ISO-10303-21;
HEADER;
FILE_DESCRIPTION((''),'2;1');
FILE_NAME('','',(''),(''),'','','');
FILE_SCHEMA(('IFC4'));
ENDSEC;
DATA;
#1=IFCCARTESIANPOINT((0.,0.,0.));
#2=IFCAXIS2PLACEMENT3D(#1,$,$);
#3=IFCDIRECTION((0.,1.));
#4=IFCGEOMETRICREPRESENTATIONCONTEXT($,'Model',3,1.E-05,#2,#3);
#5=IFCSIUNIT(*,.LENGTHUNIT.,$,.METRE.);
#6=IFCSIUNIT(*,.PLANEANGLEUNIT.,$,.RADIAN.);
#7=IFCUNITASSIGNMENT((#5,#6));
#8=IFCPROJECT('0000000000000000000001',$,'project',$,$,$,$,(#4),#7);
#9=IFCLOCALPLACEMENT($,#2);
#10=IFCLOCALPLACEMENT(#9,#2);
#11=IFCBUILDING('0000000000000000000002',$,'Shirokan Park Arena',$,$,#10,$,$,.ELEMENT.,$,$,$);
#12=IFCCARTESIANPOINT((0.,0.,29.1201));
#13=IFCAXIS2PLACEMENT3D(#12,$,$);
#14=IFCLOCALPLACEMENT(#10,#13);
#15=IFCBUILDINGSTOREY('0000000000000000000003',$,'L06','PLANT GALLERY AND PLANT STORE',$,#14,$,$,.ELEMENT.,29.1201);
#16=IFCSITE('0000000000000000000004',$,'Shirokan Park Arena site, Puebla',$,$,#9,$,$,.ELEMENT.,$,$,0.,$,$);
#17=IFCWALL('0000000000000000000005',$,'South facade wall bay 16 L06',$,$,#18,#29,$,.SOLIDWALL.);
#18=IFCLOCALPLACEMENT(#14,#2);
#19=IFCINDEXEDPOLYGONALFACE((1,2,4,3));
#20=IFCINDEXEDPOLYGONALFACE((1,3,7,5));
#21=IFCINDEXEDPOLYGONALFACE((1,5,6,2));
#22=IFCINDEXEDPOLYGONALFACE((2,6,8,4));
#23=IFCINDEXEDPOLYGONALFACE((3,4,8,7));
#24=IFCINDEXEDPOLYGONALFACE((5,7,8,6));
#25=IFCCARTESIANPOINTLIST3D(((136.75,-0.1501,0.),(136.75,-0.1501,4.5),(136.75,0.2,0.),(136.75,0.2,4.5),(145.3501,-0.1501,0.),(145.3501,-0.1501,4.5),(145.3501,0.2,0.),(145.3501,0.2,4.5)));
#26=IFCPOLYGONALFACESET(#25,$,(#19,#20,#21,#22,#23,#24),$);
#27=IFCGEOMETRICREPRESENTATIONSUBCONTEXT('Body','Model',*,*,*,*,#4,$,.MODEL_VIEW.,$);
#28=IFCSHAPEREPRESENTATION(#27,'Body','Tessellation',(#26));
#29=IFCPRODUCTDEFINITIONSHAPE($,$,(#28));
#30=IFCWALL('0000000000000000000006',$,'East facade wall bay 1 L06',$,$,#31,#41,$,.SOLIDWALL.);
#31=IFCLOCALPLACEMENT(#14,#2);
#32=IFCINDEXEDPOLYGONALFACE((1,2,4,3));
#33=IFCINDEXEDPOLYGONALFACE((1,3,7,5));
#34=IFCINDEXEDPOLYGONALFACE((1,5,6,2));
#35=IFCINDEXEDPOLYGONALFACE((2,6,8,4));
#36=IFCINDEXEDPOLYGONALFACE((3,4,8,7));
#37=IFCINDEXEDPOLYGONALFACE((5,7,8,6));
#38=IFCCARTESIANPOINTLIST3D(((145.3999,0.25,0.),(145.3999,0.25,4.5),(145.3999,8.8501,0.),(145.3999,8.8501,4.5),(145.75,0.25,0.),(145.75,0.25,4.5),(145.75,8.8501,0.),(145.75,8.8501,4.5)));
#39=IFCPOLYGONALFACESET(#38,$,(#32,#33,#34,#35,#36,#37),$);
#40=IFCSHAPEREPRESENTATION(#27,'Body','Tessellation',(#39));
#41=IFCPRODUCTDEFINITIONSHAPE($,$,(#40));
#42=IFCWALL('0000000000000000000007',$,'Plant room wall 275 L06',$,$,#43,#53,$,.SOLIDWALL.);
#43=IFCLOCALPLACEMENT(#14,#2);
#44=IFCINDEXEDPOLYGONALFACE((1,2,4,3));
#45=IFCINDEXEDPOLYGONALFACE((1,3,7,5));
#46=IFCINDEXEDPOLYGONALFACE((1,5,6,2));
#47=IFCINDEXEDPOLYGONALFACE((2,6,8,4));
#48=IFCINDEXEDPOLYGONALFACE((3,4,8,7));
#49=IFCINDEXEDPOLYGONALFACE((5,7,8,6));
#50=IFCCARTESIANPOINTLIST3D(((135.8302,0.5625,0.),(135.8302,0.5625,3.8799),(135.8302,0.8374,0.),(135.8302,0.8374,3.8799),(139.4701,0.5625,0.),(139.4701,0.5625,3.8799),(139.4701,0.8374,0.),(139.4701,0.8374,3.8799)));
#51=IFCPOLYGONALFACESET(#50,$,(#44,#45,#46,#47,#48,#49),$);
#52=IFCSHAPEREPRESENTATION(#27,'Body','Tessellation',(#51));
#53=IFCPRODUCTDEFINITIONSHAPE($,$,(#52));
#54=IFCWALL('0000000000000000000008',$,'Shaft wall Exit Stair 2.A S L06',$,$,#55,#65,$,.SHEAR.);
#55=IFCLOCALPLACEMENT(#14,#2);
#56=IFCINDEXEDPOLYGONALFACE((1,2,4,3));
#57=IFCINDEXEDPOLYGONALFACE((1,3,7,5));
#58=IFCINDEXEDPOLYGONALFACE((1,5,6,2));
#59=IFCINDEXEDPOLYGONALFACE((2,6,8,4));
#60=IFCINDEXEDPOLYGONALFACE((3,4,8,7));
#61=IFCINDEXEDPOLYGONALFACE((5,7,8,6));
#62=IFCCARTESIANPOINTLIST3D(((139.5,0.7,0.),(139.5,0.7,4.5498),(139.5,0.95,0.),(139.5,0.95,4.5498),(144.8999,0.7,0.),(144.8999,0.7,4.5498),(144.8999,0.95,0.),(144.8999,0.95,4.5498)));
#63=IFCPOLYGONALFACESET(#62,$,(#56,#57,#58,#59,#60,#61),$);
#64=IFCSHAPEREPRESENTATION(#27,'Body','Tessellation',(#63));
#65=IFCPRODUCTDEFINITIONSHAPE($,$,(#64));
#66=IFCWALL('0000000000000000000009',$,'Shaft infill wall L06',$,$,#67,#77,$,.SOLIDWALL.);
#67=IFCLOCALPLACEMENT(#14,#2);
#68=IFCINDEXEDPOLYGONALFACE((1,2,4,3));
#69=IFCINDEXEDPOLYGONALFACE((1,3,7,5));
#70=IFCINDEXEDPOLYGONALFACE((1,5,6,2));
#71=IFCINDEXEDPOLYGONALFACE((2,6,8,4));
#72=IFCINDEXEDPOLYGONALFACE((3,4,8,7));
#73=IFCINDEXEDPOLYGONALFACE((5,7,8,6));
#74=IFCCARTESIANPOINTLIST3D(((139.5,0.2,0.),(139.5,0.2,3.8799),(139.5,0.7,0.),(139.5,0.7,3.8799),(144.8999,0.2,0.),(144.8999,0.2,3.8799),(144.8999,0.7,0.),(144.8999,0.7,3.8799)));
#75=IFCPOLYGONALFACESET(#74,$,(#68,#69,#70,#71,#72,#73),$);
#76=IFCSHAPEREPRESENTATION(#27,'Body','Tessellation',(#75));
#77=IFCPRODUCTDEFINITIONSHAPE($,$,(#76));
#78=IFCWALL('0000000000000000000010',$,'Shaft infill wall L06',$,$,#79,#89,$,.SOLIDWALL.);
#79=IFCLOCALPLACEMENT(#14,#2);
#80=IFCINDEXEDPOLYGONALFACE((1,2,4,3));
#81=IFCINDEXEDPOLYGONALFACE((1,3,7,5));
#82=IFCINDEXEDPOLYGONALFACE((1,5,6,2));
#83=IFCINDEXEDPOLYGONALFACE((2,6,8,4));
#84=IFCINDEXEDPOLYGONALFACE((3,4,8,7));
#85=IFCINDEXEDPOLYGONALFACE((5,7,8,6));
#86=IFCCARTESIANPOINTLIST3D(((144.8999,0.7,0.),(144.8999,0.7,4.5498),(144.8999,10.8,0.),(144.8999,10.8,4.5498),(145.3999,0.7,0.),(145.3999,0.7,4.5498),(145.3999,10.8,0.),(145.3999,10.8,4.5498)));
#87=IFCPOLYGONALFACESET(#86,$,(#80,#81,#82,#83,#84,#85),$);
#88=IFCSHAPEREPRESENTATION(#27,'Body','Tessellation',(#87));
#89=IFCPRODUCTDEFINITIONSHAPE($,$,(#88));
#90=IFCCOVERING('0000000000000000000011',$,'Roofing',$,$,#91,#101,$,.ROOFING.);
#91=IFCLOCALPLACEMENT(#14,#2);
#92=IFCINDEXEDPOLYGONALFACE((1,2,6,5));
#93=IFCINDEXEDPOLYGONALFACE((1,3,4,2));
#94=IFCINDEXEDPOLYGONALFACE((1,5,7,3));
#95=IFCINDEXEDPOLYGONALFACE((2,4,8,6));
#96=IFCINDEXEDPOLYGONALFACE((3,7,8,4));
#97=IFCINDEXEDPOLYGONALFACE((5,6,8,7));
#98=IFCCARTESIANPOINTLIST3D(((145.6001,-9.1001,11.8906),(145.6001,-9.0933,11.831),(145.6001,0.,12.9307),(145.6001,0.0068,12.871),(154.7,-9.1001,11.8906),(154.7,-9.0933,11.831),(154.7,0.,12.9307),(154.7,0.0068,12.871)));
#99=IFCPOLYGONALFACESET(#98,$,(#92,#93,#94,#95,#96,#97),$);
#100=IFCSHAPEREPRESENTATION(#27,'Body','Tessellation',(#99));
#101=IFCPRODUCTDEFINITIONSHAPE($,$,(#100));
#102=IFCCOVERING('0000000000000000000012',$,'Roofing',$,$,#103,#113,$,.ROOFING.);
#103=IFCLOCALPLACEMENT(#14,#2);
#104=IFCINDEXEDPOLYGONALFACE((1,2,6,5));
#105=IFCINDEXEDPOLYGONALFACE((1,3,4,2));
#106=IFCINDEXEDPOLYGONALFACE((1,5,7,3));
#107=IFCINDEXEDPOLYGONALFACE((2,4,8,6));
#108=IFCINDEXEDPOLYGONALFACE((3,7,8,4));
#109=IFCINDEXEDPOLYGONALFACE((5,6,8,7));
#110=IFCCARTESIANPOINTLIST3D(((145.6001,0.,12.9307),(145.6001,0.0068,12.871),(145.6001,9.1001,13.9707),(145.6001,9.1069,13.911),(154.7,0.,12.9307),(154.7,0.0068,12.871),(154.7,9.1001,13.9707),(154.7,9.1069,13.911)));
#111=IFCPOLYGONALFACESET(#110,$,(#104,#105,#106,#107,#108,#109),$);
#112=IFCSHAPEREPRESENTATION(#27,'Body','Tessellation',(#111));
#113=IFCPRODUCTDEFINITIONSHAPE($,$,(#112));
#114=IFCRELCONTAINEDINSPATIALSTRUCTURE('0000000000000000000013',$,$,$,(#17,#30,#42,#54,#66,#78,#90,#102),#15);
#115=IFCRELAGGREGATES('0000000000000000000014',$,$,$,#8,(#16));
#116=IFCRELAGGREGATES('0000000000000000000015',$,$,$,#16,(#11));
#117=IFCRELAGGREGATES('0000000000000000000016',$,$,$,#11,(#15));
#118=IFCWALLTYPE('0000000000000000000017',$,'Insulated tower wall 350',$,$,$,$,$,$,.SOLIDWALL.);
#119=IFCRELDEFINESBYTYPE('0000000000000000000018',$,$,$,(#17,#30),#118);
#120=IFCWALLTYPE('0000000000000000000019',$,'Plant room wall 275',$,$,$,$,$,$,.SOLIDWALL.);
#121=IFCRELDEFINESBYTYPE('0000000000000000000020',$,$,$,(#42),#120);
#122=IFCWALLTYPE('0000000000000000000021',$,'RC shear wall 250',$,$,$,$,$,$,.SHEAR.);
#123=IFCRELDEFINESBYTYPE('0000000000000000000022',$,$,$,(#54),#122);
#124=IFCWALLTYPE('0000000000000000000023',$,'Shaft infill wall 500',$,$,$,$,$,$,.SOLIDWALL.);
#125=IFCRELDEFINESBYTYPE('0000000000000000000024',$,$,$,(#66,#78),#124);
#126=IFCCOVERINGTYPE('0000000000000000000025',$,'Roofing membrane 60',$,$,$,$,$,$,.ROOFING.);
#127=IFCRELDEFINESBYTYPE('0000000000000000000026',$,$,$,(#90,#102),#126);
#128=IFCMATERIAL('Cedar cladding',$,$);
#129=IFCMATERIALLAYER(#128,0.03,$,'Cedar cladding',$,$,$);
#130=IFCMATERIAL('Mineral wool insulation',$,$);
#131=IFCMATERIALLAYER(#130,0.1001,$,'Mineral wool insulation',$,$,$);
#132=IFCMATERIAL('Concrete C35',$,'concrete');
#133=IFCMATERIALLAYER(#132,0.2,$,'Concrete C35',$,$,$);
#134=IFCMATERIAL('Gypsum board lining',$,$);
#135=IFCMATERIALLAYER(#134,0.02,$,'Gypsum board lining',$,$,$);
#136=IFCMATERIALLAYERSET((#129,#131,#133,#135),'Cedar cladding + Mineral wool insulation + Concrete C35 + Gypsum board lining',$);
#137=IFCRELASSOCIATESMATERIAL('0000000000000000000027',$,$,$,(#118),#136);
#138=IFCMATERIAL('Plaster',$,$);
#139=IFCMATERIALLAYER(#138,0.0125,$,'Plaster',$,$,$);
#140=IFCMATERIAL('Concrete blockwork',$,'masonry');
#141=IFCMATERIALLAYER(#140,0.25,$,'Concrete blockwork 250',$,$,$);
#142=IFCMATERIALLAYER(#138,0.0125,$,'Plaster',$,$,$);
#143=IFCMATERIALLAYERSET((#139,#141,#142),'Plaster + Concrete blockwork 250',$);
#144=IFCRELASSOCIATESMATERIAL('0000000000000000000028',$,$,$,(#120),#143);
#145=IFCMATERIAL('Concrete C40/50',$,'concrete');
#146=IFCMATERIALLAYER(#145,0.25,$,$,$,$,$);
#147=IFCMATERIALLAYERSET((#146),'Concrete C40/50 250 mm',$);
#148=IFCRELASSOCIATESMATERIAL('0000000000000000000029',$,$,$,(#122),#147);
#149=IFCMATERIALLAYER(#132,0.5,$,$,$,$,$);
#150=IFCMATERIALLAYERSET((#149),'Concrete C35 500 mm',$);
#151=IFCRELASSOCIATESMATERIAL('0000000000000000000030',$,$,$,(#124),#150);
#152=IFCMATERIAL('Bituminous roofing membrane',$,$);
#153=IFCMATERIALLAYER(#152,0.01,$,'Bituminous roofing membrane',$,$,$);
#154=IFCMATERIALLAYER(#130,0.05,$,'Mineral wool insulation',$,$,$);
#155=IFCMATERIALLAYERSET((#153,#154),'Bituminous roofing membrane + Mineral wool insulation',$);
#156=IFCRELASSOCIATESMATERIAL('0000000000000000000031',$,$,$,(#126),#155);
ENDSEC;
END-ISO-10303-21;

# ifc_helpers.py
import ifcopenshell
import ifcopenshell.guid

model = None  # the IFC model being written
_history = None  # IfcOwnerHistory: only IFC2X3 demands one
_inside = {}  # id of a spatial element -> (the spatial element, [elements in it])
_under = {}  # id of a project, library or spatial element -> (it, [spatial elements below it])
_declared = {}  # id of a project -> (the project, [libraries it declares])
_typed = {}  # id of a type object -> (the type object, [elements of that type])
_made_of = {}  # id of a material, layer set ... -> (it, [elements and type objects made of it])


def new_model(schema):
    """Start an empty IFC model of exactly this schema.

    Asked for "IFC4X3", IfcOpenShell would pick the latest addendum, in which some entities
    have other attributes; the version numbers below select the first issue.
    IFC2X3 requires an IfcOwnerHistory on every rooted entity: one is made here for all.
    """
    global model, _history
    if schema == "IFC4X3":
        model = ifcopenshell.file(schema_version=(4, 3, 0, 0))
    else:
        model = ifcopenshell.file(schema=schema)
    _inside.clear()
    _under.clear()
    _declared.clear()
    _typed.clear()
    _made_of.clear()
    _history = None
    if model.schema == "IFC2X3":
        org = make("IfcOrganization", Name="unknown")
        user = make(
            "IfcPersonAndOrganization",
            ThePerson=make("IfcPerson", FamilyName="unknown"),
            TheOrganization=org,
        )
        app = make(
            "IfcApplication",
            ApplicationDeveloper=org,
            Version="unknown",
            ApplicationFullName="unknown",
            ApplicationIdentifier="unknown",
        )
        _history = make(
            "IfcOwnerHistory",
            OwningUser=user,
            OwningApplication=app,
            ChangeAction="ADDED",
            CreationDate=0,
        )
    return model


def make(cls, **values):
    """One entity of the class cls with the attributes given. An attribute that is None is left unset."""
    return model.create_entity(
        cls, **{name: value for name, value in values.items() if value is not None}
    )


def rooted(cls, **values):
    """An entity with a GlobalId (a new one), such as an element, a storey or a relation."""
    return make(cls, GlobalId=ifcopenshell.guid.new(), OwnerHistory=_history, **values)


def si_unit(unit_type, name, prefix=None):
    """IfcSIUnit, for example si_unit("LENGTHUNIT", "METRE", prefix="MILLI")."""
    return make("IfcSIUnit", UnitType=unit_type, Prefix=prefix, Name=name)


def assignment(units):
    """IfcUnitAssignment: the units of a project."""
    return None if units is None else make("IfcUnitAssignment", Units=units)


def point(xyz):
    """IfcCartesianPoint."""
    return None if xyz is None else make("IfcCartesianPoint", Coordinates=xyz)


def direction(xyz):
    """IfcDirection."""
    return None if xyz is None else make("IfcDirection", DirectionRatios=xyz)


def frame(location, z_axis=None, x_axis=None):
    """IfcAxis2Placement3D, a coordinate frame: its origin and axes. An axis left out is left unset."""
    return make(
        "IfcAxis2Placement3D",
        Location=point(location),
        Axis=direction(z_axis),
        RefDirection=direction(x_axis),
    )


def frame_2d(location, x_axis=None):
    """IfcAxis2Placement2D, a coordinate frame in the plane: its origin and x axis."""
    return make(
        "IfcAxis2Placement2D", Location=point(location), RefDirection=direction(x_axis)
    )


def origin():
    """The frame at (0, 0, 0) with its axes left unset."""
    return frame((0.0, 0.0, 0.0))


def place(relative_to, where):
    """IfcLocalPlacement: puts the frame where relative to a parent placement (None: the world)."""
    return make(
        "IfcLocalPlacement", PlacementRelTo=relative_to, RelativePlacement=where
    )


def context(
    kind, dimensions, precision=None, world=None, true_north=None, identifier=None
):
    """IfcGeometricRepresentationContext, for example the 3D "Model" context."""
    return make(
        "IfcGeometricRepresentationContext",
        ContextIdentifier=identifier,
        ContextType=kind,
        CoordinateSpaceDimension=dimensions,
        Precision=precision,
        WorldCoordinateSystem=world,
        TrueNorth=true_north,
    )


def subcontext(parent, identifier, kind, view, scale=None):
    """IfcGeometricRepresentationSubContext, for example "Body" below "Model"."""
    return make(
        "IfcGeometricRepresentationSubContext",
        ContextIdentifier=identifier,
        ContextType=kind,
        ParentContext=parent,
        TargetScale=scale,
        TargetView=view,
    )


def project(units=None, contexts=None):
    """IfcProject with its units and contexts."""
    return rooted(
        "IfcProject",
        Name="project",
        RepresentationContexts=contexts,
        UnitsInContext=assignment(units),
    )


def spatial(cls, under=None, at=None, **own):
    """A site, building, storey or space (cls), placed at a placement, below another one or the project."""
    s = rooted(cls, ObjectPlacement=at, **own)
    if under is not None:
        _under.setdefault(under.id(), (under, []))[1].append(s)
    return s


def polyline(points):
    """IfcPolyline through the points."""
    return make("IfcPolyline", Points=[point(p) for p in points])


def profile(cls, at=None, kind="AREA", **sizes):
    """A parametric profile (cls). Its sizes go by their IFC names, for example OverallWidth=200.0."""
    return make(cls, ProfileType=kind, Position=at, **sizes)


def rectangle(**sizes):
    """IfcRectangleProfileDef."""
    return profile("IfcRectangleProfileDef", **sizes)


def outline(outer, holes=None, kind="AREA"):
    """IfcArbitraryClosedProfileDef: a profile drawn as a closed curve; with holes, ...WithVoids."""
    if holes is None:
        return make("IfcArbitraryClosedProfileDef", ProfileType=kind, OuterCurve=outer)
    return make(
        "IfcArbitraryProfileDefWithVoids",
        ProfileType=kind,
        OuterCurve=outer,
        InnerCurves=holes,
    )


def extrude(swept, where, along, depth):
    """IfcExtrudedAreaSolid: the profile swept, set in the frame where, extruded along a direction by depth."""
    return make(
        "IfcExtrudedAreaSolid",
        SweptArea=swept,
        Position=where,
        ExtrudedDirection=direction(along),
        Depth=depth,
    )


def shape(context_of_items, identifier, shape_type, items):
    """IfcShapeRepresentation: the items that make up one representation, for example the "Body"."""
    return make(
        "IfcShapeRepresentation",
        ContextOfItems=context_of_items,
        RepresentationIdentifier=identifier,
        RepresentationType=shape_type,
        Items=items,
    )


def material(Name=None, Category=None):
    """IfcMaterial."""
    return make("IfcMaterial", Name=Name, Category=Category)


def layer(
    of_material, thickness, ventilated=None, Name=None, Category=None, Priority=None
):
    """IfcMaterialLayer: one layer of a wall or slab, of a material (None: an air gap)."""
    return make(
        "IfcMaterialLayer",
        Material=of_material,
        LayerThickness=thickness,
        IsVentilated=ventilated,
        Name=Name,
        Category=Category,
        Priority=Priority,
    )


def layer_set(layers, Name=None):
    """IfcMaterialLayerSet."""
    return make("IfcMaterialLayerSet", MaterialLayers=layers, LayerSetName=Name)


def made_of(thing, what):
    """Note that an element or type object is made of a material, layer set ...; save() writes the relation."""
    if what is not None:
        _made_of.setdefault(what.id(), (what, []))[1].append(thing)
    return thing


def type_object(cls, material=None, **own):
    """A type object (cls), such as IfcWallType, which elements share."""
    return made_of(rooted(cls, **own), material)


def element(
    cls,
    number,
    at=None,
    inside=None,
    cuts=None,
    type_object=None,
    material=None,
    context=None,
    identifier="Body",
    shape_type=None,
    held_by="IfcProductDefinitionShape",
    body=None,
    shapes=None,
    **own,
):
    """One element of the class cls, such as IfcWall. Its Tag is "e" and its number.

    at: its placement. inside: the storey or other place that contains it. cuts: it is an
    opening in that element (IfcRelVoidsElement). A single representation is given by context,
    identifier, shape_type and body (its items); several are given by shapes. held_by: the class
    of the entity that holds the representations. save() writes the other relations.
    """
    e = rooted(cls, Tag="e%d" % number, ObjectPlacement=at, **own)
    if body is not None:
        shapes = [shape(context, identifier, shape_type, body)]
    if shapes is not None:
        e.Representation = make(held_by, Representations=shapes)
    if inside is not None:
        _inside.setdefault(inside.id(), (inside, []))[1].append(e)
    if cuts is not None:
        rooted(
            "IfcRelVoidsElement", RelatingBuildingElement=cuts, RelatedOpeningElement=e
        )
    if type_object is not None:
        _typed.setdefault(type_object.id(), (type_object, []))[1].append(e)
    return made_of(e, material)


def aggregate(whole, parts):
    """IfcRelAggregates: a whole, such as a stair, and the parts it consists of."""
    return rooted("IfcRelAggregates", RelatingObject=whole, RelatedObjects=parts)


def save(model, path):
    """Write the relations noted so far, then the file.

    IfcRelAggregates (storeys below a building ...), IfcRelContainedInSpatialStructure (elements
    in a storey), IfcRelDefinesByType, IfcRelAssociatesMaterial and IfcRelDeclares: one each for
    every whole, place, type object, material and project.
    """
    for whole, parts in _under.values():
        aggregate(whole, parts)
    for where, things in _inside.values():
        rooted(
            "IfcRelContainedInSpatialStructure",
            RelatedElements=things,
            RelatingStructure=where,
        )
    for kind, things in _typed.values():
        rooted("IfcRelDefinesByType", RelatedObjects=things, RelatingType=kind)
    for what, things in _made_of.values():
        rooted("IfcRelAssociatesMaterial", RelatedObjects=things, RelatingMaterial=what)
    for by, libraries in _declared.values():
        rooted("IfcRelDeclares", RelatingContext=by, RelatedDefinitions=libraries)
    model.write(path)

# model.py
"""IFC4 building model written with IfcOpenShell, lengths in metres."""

from ifc_helpers import new_model, si_unit, direction, frame, frame_2d, origin, place, context, subcontext, project, spatial, polyline, rectangle, outline, extrude, material, layer, layer_set, type_object, element, save


model = new_model("IFC4")

# Units and contexts
model_context = context("Model", 3, precision=1e-05, world=origin(), true_north=direction((0.0, 1.0)))
body_context = subcontext(model_context, "Body", "Model", "MODEL_VIEW")
ifc_project = project(units=[si_unit("LENGTHUNIT", "METRE"), si_unit("PLANEANGLEUNIT", "RADIAN")], contexts=[model_context])

# Site, building, storey
site_placement = place(None, origin())
site = spatial("IfcSite", under=ifc_project, at=site_placement, Name="Shirokan Park Arena site, Puebla", CompositionType="ELEMENT", RefElevation=0.0)
building_placement = place(site_placement, origin())
building = spatial("IfcBuilding", under=site, at=building_placement, Name="Shirokan Park Arena", CompositionType="ELEMENT")
storey_placement = place(building_placement, frame((0.0, 0.0, 29.1201)))
storey = spatial("IfcBuildingStorey", under=building, at=storey_placement, Name="L06", Description="PLANT GALLERY AND PLANT STORE", CompositionType="ELEMENT", Elevation=29.1201)

# Shared definitions
ifc_material_1 = material(Name="Concrete C35", Category="concrete")

# Walls
ifc_material_2 = material(Name="Cedar cladding")
ifc_layer_1 = layer(ifc_material_2, 0.03, Name="Cedar cladding")
ifc_material_3 = material(Name="Mineral wool insulation")
ifc_layer_2 = layer(ifc_material_3, 0.1001, Name="Mineral wool insulation")
ifc_layer_3 = layer(ifc_material_1, 0.2, Name="Concrete C35")
ifc_material_4 = material(Name="Gypsum board lining")
ifc_layer_4 = layer(ifc_material_4, 0.02, Name="Gypsum board lining")
ifc_layer_set_1 = layer_set([ifc_layer_1, ifc_layer_2, ifc_layer_3, ifc_layer_4], Name="Cedar cladding + Mineral wool insulation + Concrete C35 + Gypsum board lining")
wall_type_1 = type_object("IfcWallType", Name="Insulated tower wall 350", PredefinedType="SOLIDWALL", material=ifc_layer_set_1)
for number, where, z_axis, x_axis, name in (
    (1, (136.75, 0.0249, 0.0), (0.0, 0.0, 1.0), (1.0, 0.0, 0.0), "South facade wall bay 16 L06"),
    (2, (145.575, 0.25, 0.0), (0.0, 0.0, 1.0), (0.0, 1.0, 0.0), "East facade wall bay 1 L06"),
):
    element("IfcWall", number, at=place(storey_placement, frame(where, z_axis=z_axis, x_axis=x_axis)), inside=storey, type_object=wall_type_1, Name=name, PredefinedType="SOLIDWALL", context=body_context, shape_type="SweptSolid", body=[
        extrude(rectangle(XDim=8.6001, YDim=0.3501, at=frame_2d((4.3, 0.0))), origin(), (0.0, 0.0, 1.0), 4.5),
    ])
ifc_material_5 = material(Name="Plaster")
ifc_layer_5 = layer(ifc_material_5, 0.0125, Name="Plaster")
ifc_material_6 = material(Name="Concrete blockwork", Category="masonry")
ifc_layer_6 = layer(ifc_material_6, 0.25, Name="Concrete blockwork 250")
ifc_layer_7 = layer(ifc_material_5, 0.0125, Name="Plaster")
ifc_layer_set_2 = layer_set([ifc_layer_5, ifc_layer_6, ifc_layer_7], Name="Plaster + Concrete blockwork 250")
wall_type_2 = type_object("IfcWallType", Name="Plant room wall 275", PredefinedType="SOLIDWALL", material=ifc_layer_set_2)
wall_1_placement = place(storey_placement, frame((139.47, 0.7, 0.0), z_axis=(0.0, 0.0, 1.0), x_axis=(-1.0, 0.0, 0.0)))
element("IfcWall", 3, at=wall_1_placement, inside=storey, type_object=wall_type_2, Name="Plant room wall 275 L06", PredefinedType="SOLIDWALL", context=body_context, shape_type="SweptSolid", body=[
    extrude(rectangle(XDim=3.6399, YDim=0.2749, at=frame_2d((1.8198, 0.0))), origin(), (0.0, 0.0, 1.0), 3.8799),
])
ifc_material_7 = material(Name="Concrete C40/50", Category="concrete")
ifc_layer_8 = layer(ifc_material_7, 0.25)
ifc_layer_set_3 = layer_set([ifc_layer_8], Name="Concrete C40/50 250 mm")
wall_type_3 = type_object("IfcWallType", Name="RC shear wall 250", PredefinedType="SHEAR", material=ifc_layer_set_3)
wall_2_placement = place(storey_placement, frame((144.8999, 0.825, 0.0), z_axis=(0.0, 0.0, 1.0), x_axis=(-1.0, 0.0, 0.0)))
element("IfcWall", 4, at=wall_2_placement, inside=storey, type_object=wall_type_3, Name="Shaft wall Exit Stair 2.A S L06", PredefinedType="SHEAR", context=body_context, shape_type="SweptSolid", body=[
    extrude(rectangle(XDim=5.3999, YDim=0.25, at=frame_2d((2.7, 0.0))), origin(), (0.0, 0.0, 1.0), 4.5498),
])
ifc_layer_9 = layer(ifc_material_1, 0.5)
ifc_layer_set_4 = layer_set([ifc_layer_9], Name="Concrete C35 500 mm")
wall_type_4 = type_object("IfcWallType", Name="Shaft infill wall 500", PredefinedType="SOLIDWALL", material=ifc_layer_set_4)
wall_3_placement = place(storey_placement, frame((139.5, 0.45, 0.0), z_axis=(0.0, 0.0, 1.0), x_axis=(1.0, 0.0, 0.0)))
element("IfcWall", 5, at=wall_3_placement, inside=storey, type_object=wall_type_4, Name="Shaft infill wall L06", PredefinedType="SOLIDWALL", context=body_context, shape_type="SweptSolid", body=[
    extrude(rectangle(XDim=5.3999, YDim=0.5, at=frame_2d((2.7, 0.0))), origin(), (0.0, 0.0, 1.0), 3.8799),
])
wall_4_placement = place(storey_placement, frame((145.1499, 0.7, 0.0), z_axis=(0.0, 0.0, 1.0), x_axis=(0.0, 1.0, 0.0)))
element("IfcWall", 6, at=wall_4_placement, inside=storey, type_object=wall_type_4, Name="Shaft infill wall L06", PredefinedType="SOLIDWALL", context=body_context, shape_type="SweptSolid", body=[
    extrude(rectangle(XDim=10.1001, YDim=0.5, at=frame_2d((5.05, 0.0))), origin(), (0.0, 0.0, 1.0), 4.5498),
])

# Coverings
ifc_material_8 = material(Name="Bituminous roofing membrane")
ifc_layer_10 = layer(ifc_material_8, 0.01, Name="Bituminous roofing membrane")
ifc_layer_11 = layer(ifc_material_3, 0.05, Name="Mineral wool insulation")
ifc_layer_set_5 = layer_set([ifc_layer_10, ifc_layer_11], Name="Bituminous roofing membrane + Mineral wool insulation")
covering_type = type_object("IfcCoveringType", Name="Roofing membrane 60", PredefinedType="ROOFING", material=ifc_layer_set_5)
for number, where, z_axis, x_axis, name in (
    (7, (145.6001, -9.1001, 11.8906), (0.0, -0.11355, 0.993532), (1.0, 0.0, 0.0), "Roofing"),
    (8, (145.6001, 0.0, 12.9307), (0.0, -0.11355, 0.993532), (1.0, 0.0, 0.0), "Roofing"),
):
    element("IfcCovering", number, at=place(storey_placement, frame(where, z_axis=z_axis, x_axis=x_axis)), inside=storey, type_object=covering_type, Name=name, PredefinedType="ROOFING", context=body_context, shape_type="SweptSolid", body=[
        extrude(outline(polyline([(0.0, 0.0), (9.0999, 0.0), (9.0999, 9.1593), (0.0, 9.1593), (0.0, 0.0)])), origin(), (0.0, 0.0, -1.0), 0.0601),
    ])

save(model, "model.ifc")
